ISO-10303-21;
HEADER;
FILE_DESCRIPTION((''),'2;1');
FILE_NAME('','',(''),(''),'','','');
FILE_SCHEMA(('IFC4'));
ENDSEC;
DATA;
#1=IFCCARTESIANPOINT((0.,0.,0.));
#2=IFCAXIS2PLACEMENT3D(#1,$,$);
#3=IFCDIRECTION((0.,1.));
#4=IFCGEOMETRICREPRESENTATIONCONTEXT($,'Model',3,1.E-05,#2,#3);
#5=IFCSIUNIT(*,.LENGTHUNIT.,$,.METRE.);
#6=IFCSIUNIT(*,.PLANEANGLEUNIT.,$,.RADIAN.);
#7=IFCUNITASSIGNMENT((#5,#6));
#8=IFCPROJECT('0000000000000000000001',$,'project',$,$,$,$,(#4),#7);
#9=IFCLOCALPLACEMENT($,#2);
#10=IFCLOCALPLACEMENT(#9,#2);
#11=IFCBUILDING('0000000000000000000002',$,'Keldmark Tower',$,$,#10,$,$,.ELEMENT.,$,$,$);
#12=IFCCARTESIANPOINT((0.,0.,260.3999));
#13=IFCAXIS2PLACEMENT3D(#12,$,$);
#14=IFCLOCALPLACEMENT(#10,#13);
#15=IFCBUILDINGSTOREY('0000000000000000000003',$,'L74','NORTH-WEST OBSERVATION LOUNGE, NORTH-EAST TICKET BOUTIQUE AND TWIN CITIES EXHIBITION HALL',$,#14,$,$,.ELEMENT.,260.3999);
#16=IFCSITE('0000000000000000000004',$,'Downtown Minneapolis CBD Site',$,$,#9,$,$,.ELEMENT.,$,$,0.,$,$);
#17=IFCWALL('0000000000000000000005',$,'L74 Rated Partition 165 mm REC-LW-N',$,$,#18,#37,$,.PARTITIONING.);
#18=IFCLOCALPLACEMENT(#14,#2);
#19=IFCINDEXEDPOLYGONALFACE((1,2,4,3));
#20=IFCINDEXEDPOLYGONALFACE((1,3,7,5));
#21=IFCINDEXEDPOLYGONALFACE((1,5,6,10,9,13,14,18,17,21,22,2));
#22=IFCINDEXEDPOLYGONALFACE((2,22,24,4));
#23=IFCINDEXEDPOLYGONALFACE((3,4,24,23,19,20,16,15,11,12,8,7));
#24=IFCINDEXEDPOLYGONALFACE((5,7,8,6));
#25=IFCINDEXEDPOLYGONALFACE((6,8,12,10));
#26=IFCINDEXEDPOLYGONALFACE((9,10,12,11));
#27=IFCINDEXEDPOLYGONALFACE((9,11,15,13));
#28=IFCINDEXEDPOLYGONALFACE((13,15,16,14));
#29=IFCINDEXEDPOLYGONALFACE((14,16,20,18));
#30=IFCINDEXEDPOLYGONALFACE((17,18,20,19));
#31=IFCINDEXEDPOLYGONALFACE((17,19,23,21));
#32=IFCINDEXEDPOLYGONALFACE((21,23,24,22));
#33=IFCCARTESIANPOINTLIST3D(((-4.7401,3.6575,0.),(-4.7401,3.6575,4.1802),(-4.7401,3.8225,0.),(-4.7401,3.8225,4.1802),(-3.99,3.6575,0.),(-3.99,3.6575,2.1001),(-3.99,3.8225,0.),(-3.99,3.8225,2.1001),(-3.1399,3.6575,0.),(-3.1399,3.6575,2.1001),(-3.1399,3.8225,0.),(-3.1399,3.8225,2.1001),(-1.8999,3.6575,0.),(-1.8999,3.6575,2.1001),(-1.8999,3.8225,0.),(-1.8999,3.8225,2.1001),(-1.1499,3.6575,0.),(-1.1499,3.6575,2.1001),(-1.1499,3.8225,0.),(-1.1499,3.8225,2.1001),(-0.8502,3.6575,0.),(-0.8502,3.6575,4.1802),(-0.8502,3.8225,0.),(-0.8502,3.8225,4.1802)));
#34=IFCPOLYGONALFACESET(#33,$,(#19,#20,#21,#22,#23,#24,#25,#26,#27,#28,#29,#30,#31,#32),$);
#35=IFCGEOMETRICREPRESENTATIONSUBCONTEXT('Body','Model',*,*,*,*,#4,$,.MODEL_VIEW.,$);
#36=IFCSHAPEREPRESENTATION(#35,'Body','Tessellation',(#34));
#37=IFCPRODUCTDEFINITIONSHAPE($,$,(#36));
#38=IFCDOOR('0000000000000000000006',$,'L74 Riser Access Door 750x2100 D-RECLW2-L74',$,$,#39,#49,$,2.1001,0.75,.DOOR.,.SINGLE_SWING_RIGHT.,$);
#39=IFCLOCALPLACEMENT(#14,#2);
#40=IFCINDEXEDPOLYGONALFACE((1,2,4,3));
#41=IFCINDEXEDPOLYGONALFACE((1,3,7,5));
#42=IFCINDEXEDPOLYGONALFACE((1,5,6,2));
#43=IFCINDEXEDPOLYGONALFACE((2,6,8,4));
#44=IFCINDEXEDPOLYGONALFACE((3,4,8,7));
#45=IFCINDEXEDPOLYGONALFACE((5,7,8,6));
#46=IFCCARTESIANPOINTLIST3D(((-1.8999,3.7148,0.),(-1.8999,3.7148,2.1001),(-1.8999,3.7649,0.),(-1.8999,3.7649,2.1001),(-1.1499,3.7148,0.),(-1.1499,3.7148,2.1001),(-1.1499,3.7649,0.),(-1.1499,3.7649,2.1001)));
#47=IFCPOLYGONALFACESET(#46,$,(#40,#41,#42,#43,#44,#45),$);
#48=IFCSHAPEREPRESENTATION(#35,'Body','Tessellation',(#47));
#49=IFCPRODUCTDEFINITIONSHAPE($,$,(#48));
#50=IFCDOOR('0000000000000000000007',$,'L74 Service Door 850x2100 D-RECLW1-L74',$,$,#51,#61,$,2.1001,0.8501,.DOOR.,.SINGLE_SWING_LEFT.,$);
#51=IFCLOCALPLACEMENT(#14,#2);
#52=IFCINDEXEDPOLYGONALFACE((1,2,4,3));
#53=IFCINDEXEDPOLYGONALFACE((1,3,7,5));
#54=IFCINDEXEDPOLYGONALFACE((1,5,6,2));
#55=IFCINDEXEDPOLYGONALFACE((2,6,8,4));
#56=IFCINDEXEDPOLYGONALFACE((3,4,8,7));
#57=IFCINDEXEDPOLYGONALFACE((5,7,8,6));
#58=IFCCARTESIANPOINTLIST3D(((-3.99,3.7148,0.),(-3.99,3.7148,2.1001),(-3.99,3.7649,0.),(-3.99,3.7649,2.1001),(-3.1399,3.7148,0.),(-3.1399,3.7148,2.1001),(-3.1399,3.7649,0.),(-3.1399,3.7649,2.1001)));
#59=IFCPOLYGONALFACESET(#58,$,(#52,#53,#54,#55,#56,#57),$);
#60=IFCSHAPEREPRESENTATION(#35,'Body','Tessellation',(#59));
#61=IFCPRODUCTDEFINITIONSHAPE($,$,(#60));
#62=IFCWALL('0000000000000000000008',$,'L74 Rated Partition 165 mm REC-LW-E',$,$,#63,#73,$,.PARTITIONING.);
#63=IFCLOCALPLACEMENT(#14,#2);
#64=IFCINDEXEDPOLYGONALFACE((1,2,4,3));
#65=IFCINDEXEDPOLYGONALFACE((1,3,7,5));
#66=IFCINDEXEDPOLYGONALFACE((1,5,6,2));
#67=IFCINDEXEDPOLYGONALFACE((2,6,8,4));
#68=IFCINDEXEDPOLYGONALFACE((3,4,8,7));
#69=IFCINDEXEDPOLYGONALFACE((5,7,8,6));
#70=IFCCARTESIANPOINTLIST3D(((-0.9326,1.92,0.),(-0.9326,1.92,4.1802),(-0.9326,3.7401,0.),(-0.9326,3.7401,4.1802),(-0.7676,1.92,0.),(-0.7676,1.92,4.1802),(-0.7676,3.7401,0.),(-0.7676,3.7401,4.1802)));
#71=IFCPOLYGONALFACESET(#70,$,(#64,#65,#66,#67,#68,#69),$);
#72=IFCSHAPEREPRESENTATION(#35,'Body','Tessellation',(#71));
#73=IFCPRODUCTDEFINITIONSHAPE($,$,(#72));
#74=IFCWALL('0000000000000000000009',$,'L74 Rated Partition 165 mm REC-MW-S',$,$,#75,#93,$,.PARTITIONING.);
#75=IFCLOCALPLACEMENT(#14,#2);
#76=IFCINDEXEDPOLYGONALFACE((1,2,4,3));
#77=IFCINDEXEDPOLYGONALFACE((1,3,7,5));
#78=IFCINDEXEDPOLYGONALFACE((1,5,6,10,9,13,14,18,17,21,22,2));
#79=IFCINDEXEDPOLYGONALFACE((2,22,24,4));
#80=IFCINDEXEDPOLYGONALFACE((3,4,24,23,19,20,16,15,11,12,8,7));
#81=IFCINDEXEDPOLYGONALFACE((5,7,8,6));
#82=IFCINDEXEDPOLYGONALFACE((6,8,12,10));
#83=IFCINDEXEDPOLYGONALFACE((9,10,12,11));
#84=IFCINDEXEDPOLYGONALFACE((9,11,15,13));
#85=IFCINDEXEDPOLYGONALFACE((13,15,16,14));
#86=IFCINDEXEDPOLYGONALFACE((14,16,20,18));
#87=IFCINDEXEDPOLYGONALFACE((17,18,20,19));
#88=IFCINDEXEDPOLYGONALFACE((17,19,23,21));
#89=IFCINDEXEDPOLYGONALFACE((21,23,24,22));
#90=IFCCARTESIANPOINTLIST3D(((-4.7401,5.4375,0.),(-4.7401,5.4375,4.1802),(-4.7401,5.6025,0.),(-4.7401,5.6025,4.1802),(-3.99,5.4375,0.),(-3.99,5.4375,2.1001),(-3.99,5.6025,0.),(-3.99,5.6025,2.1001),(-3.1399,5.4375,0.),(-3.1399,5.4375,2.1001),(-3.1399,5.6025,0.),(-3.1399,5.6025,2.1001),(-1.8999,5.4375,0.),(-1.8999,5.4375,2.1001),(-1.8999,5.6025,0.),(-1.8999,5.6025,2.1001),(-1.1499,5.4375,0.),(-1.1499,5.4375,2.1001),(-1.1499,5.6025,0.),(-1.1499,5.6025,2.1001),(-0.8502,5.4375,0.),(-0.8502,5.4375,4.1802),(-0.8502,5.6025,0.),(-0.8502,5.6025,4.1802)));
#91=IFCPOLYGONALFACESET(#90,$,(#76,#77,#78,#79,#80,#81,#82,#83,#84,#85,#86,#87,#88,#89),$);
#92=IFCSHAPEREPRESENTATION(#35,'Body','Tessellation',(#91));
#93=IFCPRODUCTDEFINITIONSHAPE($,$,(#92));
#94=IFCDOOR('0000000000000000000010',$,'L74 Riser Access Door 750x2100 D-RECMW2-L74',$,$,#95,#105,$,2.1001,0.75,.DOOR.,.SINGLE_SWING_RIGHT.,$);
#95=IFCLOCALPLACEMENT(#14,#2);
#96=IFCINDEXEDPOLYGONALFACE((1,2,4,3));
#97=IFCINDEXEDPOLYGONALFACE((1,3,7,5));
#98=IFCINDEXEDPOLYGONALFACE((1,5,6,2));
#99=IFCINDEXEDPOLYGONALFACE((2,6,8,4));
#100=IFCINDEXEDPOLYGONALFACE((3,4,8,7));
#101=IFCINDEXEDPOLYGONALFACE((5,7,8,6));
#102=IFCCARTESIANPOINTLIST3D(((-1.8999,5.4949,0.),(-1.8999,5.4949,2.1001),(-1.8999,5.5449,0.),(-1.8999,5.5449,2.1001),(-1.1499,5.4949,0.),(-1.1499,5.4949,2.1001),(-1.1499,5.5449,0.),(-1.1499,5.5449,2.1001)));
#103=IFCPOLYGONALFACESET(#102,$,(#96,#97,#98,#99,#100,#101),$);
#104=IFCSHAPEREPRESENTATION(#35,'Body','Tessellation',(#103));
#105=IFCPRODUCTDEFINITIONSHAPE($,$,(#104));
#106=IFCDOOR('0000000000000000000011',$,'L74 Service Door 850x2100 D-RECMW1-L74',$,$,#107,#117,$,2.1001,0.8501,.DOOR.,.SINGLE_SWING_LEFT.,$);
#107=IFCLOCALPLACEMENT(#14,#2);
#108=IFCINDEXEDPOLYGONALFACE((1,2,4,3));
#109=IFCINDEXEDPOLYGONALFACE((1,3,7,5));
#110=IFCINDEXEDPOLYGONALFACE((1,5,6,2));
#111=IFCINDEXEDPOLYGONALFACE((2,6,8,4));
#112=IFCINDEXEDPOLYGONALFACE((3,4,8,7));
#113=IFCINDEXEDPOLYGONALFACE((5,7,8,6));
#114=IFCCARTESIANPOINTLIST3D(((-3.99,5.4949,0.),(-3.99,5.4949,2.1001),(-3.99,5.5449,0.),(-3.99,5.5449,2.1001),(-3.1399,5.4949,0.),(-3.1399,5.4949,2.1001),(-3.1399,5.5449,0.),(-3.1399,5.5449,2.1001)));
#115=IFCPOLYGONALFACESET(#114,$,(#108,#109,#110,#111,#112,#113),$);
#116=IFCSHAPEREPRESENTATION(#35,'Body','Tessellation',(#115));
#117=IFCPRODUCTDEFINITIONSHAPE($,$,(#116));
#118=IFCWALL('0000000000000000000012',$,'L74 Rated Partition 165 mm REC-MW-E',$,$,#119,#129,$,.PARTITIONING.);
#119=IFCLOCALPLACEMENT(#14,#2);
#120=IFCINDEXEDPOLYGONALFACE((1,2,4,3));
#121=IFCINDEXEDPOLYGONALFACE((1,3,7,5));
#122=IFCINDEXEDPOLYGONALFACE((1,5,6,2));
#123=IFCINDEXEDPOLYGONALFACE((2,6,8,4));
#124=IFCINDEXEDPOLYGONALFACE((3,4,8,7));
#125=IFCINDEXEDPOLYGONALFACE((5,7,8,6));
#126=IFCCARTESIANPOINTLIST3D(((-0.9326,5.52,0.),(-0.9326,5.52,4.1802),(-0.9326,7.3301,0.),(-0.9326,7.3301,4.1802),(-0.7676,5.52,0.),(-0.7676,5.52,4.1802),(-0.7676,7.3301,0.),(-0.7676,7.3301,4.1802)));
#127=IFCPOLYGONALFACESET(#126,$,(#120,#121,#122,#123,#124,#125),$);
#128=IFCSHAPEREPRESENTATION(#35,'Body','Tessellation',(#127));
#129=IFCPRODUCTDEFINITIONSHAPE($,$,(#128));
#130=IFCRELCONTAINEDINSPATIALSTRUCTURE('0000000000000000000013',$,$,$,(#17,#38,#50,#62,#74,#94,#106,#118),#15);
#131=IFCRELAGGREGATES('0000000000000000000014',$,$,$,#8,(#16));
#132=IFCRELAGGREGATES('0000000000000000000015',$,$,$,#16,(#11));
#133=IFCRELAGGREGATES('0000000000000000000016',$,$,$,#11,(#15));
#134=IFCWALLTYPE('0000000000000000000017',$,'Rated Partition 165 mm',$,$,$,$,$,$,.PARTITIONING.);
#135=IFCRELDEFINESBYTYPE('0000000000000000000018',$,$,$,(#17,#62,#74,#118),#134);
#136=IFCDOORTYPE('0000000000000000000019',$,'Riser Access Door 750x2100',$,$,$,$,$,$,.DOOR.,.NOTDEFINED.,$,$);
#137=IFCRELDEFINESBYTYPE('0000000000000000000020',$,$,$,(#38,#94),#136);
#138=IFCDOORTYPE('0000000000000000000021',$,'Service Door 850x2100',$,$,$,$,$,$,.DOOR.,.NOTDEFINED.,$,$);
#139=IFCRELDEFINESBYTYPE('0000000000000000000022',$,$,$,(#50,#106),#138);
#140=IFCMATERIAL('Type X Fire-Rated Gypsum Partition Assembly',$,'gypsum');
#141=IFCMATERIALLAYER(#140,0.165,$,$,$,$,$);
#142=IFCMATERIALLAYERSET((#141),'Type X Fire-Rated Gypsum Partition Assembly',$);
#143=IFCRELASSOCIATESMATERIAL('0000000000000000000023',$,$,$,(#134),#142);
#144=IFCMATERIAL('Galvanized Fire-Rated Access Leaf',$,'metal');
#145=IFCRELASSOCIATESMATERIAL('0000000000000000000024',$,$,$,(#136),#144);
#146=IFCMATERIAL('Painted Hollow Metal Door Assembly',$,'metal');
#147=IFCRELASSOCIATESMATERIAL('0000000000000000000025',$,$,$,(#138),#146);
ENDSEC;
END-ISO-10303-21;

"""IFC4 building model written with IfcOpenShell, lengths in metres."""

from ifc_helpers import new_model, si_unit, direction, frame, frame_2d, origin, place, context, subcontext, project, spatial, rectangle, extrude, material, layer, layer_set, type_object, element, fill, save


model = new_model("IFC4")

# Units and contexts
model_context = context("Model", 3, precision=1e-05, world=origin(), true_north=direction((0.0, 1.0)))
body_context = subcontext(model_context, "Body", "Model", "MODEL_VIEW")
ifc_project = project(units=[si_unit("LENGTHUNIT", "METRE"), si_unit("PLANEANGLEUNIT", "RADIAN")], contexts=[model_context])

# Site, building, storey
site_placement = place(None, origin())
site = spatial("IfcSite", under=ifc_project, at=site_placement, Name="Downtown Minneapolis CBD Site", CompositionType="ELEMENT", RefElevation=0.0)
building_placement = place(site_placement, origin())
building = spatial("IfcBuilding", under=site, at=building_placement, Name="Keldmark Tower", CompositionType="ELEMENT")
storey_placement = place(building_placement, frame((0.0, 0.0, 260.3999)))
storey = spatial("IfcBuildingStorey", under=building, at=storey_placement, Name="L74", Description="NORTH-WEST OBSERVATION LOUNGE, NORTH-EAST TICKET BOUTIQUE AND TWIN CITIES EXHIBITION HALL", CompositionType="ELEMENT", Elevation=260.3999)

# Shared definitions
ifc_material_1 = material(Name="Type X Fire-Rated Gypsum Partition Assembly", Category="gypsum")
ifc_layer_1 = layer(ifc_material_1, 0.165)
ifc_layer_set_1 = layer_set([ifc_layer_1], Name="Type X Fire-Rated Gypsum Partition Assembly")
wall_type_1 = type_object("IfcWallType", Name="Rated Partition 165 mm", PredefinedType="PARTITIONING", material=ifc_layer_set_1)

# Wall, openings, doors
wall_1_placement = place(storey_placement, frame((-4.74, 3.74, 0.0), z_axis=(0.0, 0.0, 1.0), x_axis=(1.0, 0.0, 0.0)))
wall_1 = element("IfcWall", 1, at=wall_1_placement, inside=storey, type_object=wall_type_1, Name="L74 Rated Partition 165 mm REC-LW-N", PredefinedType="PARTITIONING", context=body_context, shape_type="SweptSolid", body=[
    extrude(rectangle(XDim=3.8899, YDim=0.165, at=frame_2d((1.9448, 0.0))), origin(), (0.0, 0.0, 1.0), 4.1802),
])
opening_1_placement = place(wall_1_placement, frame((0.75, 0.0, 0.0)))
opening_1 = element("IfcOpeningElement", 2, at=opening_1_placement, cuts=wall_1, PredefinedType="OPENING", context=body_context, shape_type="SweptSolid", body=[
    extrude(rectangle(XDim=0.8501, YDim=2.1001, at=frame_2d((0.425, 1.05))), frame((0.0, 0.0925, 0.0), z_axis=(0.0, -1.0, 0.0), x_axis=(1.0, 0.0, 0.0)), (0.0, 0.0, 1.0), 0.1851),
])
opening_2_placement = place(wall_1_placement, frame((2.8401, 0.0, 0.0)))
opening_2 = element("IfcOpeningElement", 3, at=opening_2_placement, cuts=wall_1, PredefinedType="OPENING", context=body_context, shape_type="SweptSolid", body=[
    extrude(rectangle(XDim=0.75, YDim=2.1001, at=frame_2d((0.375, 1.05))), frame((0.0, 0.0925, 0.0), z_axis=(0.0, -1.0, 0.0), x_axis=(1.0, 0.0, 0.0)), (0.0, 0.0, 1.0), 0.1851),
])
ifc_material_2 = material(Name="Galvanized Fire-Rated Access Leaf", Category="metal")
door_type_1 = type_object("IfcDoorType", Name="Riser Access Door 750x2100", OperationType="NOTDEFINED", PredefinedType="DOOR", material=ifc_material_2)
door_1_placement = place(opening_2_placement, origin())
door_1 = element("IfcDoor", 4, at=door_1_placement, inside=storey, type_object=door_type_1, Name="L74 Riser Access Door 750x2100 D-RECLW2-L74", OperationType="SINGLE_SWING_RIGHT", OverallHeight=2.1001, OverallWidth=0.75, PredefinedType="DOOR", context=body_context, shape_type="SweptSolid", body=[
    extrude(rectangle(XDim=0.75, YDim=2.1001, at=frame_2d((0.375, 1.05))), frame((0.0, 0.0249, 0.0), z_axis=(0.0, -1.0, 0.0), x_axis=(1.0, 0.0, 0.0)), (0.0, 0.0, 1.0), 0.05),
])
fill(opening_2, door_1)
ifc_material_3 = material(Name="Painted Hollow Metal Door Assembly", Category="metal")
door_type_2 = type_object("IfcDoorType", Name="Service Door 850x2100", OperationType="NOTDEFINED", PredefinedType="DOOR", material=ifc_material_3)
door_2_placement = place(opening_1_placement, origin())
door_2 = element("IfcDoor", 5, at=door_2_placement, inside=storey, type_object=door_type_2, Name="L74 Service Door 850x2100 D-RECLW1-L74", OperationType="SINGLE_SWING_LEFT", OverallHeight=2.1001, OverallWidth=0.8501, PredefinedType="DOOR", context=body_context, shape_type="SweptSolid", body=[
    extrude(rectangle(XDim=0.8501, YDim=2.1001, at=frame_2d((0.425, 1.05))), frame((0.0, 0.0249, 0.0), z_axis=(0.0, -1.0, 0.0), x_axis=(1.0, 0.0, 0.0)), (0.0, 0.0, 1.0), 0.05),
])
fill(opening_1, door_2)

# Wall
wall_2_placement = place(storey_placement, frame((-0.8501, 1.9199, 0.0), z_axis=(0.0, 0.0, 1.0), x_axis=(0.0, 1.0, 0.0)))
element("IfcWall", 6, at=wall_2_placement, inside=storey, type_object=wall_type_1, Name="L74 Rated Partition 165 mm REC-LW-E", PredefinedType="PARTITIONING", context=body_context, shape_type="SweptSolid", body=[
    extrude(rectangle(XDim=1.8201, YDim=0.165, at=frame_2d((0.9102, 0.0))), origin(), (0.0, 0.0, 1.0), 4.1802),
])

# Wall, openings, doors
wall_3_placement = place(storey_placement, frame((-4.74, 5.52, 0.0), z_axis=(0.0, 0.0, 1.0), x_axis=(1.0, 0.0, 0.0)))
wall_3 = element("IfcWall", 7, at=wall_3_placement, inside=storey, type_object=wall_type_1, Name="L74 Rated Partition 165 mm REC-MW-S", PredefinedType="PARTITIONING", context=body_context, shape_type="SweptSolid", body=[
    extrude(rectangle(XDim=3.8899, YDim=0.165, at=frame_2d((1.9448, 0.0))), origin(), (0.0, 0.0, 1.0), 4.1802),
])
opening_3_placement = place(wall_3_placement, frame((0.75, 0.0, 0.0)))
opening_3 = element("IfcOpeningElement", 8, at=opening_3_placement, cuts=wall_3, PredefinedType="OPENING", context=body_context, shape_type="SweptSolid", body=[
    extrude(rectangle(XDim=0.8501, YDim=2.1001, at=frame_2d((0.425, 1.05))), frame((0.0, 0.0925, 0.0), z_axis=(0.0, -1.0, 0.0), x_axis=(1.0, 0.0, 0.0)), (0.0, 0.0, 1.0), 0.1851),
])
opening_4_placement = place(wall_3_placement, frame((2.8401, 0.0, 0.0)))
opening_4 = element("IfcOpeningElement", 9, at=opening_4_placement, cuts=wall_3, PredefinedType="OPENING", context=body_context, shape_type="SweptSolid", body=[
    extrude(rectangle(XDim=0.75, YDim=2.1001, at=frame_2d((0.375, 1.05))), frame((0.0, 0.0925, 0.0), z_axis=(0.0, -1.0, 0.0), x_axis=(1.0, 0.0, 0.0)), (0.0, 0.0, 1.0), 0.1851),
])
door_3_placement = place(opening_4_placement, origin())
door_3 = element("IfcDoor", 10, at=door_3_placement, inside=storey, type_object=door_type_1, Name="L74 Riser Access Door 750x2100 D-RECMW2-L74", OperationType="SINGLE_SWING_RIGHT", OverallHeight=2.1001, OverallWidth=0.75, PredefinedType="DOOR", context=body_context, shape_type="SweptSolid", body=[
    extrude(rectangle(XDim=0.75, YDim=2.1001, at=frame_2d((0.375, 1.05))), frame((0.0, 0.0249, 0.0), z_axis=(0.0, -1.0, 0.0), x_axis=(1.0, 0.0, 0.0)), (0.0, 0.0, 1.0), 0.05),
])
fill(opening_4, door_3)
door_4_placement = place(opening_3_placement, origin())
door_4 = element("IfcDoor", 11, at=door_4_placement, inside=storey, type_object=door_type_2, Name="L74 Service Door 850x2100 D-RECMW1-L74", OperationType="SINGLE_SWING_LEFT", OverallHeight=2.1001, OverallWidth=0.8501, PredefinedType="DOOR", context=body_context, shape_type="SweptSolid", body=[
    extrude(rectangle(XDim=0.8501, YDim=2.1001, at=frame_2d((0.425, 1.05))), frame((0.0, 0.0249, 0.0), z_axis=(0.0, -1.0, 0.0), x_axis=(1.0, 0.0, 0.0)), (0.0, 0.0, 1.0), 0.05),
])
fill(opening_3, door_4)

# Wall
wall_4_placement = place(storey_placement, frame((-0.8501, 5.52, 0.0), z_axis=(0.0, 0.0, 1.0), x_axis=(0.0, 1.0, 0.0)))
element("IfcWall", 12, at=wall_4_placement, inside=storey, type_object=wall_type_1, Name="L74 Rated Partition 165 mm REC-MW-E", PredefinedType="PARTITIONING", context=body_context, shape_type="SweptSolid", body=[
    extrude(rectangle(XDim=1.8101, YDim=0.165, at=frame_2d((0.905, 0.0))), origin(), (0.0, 0.0, 1.0), 4.1802),
])

save(model, "model.ifc")
